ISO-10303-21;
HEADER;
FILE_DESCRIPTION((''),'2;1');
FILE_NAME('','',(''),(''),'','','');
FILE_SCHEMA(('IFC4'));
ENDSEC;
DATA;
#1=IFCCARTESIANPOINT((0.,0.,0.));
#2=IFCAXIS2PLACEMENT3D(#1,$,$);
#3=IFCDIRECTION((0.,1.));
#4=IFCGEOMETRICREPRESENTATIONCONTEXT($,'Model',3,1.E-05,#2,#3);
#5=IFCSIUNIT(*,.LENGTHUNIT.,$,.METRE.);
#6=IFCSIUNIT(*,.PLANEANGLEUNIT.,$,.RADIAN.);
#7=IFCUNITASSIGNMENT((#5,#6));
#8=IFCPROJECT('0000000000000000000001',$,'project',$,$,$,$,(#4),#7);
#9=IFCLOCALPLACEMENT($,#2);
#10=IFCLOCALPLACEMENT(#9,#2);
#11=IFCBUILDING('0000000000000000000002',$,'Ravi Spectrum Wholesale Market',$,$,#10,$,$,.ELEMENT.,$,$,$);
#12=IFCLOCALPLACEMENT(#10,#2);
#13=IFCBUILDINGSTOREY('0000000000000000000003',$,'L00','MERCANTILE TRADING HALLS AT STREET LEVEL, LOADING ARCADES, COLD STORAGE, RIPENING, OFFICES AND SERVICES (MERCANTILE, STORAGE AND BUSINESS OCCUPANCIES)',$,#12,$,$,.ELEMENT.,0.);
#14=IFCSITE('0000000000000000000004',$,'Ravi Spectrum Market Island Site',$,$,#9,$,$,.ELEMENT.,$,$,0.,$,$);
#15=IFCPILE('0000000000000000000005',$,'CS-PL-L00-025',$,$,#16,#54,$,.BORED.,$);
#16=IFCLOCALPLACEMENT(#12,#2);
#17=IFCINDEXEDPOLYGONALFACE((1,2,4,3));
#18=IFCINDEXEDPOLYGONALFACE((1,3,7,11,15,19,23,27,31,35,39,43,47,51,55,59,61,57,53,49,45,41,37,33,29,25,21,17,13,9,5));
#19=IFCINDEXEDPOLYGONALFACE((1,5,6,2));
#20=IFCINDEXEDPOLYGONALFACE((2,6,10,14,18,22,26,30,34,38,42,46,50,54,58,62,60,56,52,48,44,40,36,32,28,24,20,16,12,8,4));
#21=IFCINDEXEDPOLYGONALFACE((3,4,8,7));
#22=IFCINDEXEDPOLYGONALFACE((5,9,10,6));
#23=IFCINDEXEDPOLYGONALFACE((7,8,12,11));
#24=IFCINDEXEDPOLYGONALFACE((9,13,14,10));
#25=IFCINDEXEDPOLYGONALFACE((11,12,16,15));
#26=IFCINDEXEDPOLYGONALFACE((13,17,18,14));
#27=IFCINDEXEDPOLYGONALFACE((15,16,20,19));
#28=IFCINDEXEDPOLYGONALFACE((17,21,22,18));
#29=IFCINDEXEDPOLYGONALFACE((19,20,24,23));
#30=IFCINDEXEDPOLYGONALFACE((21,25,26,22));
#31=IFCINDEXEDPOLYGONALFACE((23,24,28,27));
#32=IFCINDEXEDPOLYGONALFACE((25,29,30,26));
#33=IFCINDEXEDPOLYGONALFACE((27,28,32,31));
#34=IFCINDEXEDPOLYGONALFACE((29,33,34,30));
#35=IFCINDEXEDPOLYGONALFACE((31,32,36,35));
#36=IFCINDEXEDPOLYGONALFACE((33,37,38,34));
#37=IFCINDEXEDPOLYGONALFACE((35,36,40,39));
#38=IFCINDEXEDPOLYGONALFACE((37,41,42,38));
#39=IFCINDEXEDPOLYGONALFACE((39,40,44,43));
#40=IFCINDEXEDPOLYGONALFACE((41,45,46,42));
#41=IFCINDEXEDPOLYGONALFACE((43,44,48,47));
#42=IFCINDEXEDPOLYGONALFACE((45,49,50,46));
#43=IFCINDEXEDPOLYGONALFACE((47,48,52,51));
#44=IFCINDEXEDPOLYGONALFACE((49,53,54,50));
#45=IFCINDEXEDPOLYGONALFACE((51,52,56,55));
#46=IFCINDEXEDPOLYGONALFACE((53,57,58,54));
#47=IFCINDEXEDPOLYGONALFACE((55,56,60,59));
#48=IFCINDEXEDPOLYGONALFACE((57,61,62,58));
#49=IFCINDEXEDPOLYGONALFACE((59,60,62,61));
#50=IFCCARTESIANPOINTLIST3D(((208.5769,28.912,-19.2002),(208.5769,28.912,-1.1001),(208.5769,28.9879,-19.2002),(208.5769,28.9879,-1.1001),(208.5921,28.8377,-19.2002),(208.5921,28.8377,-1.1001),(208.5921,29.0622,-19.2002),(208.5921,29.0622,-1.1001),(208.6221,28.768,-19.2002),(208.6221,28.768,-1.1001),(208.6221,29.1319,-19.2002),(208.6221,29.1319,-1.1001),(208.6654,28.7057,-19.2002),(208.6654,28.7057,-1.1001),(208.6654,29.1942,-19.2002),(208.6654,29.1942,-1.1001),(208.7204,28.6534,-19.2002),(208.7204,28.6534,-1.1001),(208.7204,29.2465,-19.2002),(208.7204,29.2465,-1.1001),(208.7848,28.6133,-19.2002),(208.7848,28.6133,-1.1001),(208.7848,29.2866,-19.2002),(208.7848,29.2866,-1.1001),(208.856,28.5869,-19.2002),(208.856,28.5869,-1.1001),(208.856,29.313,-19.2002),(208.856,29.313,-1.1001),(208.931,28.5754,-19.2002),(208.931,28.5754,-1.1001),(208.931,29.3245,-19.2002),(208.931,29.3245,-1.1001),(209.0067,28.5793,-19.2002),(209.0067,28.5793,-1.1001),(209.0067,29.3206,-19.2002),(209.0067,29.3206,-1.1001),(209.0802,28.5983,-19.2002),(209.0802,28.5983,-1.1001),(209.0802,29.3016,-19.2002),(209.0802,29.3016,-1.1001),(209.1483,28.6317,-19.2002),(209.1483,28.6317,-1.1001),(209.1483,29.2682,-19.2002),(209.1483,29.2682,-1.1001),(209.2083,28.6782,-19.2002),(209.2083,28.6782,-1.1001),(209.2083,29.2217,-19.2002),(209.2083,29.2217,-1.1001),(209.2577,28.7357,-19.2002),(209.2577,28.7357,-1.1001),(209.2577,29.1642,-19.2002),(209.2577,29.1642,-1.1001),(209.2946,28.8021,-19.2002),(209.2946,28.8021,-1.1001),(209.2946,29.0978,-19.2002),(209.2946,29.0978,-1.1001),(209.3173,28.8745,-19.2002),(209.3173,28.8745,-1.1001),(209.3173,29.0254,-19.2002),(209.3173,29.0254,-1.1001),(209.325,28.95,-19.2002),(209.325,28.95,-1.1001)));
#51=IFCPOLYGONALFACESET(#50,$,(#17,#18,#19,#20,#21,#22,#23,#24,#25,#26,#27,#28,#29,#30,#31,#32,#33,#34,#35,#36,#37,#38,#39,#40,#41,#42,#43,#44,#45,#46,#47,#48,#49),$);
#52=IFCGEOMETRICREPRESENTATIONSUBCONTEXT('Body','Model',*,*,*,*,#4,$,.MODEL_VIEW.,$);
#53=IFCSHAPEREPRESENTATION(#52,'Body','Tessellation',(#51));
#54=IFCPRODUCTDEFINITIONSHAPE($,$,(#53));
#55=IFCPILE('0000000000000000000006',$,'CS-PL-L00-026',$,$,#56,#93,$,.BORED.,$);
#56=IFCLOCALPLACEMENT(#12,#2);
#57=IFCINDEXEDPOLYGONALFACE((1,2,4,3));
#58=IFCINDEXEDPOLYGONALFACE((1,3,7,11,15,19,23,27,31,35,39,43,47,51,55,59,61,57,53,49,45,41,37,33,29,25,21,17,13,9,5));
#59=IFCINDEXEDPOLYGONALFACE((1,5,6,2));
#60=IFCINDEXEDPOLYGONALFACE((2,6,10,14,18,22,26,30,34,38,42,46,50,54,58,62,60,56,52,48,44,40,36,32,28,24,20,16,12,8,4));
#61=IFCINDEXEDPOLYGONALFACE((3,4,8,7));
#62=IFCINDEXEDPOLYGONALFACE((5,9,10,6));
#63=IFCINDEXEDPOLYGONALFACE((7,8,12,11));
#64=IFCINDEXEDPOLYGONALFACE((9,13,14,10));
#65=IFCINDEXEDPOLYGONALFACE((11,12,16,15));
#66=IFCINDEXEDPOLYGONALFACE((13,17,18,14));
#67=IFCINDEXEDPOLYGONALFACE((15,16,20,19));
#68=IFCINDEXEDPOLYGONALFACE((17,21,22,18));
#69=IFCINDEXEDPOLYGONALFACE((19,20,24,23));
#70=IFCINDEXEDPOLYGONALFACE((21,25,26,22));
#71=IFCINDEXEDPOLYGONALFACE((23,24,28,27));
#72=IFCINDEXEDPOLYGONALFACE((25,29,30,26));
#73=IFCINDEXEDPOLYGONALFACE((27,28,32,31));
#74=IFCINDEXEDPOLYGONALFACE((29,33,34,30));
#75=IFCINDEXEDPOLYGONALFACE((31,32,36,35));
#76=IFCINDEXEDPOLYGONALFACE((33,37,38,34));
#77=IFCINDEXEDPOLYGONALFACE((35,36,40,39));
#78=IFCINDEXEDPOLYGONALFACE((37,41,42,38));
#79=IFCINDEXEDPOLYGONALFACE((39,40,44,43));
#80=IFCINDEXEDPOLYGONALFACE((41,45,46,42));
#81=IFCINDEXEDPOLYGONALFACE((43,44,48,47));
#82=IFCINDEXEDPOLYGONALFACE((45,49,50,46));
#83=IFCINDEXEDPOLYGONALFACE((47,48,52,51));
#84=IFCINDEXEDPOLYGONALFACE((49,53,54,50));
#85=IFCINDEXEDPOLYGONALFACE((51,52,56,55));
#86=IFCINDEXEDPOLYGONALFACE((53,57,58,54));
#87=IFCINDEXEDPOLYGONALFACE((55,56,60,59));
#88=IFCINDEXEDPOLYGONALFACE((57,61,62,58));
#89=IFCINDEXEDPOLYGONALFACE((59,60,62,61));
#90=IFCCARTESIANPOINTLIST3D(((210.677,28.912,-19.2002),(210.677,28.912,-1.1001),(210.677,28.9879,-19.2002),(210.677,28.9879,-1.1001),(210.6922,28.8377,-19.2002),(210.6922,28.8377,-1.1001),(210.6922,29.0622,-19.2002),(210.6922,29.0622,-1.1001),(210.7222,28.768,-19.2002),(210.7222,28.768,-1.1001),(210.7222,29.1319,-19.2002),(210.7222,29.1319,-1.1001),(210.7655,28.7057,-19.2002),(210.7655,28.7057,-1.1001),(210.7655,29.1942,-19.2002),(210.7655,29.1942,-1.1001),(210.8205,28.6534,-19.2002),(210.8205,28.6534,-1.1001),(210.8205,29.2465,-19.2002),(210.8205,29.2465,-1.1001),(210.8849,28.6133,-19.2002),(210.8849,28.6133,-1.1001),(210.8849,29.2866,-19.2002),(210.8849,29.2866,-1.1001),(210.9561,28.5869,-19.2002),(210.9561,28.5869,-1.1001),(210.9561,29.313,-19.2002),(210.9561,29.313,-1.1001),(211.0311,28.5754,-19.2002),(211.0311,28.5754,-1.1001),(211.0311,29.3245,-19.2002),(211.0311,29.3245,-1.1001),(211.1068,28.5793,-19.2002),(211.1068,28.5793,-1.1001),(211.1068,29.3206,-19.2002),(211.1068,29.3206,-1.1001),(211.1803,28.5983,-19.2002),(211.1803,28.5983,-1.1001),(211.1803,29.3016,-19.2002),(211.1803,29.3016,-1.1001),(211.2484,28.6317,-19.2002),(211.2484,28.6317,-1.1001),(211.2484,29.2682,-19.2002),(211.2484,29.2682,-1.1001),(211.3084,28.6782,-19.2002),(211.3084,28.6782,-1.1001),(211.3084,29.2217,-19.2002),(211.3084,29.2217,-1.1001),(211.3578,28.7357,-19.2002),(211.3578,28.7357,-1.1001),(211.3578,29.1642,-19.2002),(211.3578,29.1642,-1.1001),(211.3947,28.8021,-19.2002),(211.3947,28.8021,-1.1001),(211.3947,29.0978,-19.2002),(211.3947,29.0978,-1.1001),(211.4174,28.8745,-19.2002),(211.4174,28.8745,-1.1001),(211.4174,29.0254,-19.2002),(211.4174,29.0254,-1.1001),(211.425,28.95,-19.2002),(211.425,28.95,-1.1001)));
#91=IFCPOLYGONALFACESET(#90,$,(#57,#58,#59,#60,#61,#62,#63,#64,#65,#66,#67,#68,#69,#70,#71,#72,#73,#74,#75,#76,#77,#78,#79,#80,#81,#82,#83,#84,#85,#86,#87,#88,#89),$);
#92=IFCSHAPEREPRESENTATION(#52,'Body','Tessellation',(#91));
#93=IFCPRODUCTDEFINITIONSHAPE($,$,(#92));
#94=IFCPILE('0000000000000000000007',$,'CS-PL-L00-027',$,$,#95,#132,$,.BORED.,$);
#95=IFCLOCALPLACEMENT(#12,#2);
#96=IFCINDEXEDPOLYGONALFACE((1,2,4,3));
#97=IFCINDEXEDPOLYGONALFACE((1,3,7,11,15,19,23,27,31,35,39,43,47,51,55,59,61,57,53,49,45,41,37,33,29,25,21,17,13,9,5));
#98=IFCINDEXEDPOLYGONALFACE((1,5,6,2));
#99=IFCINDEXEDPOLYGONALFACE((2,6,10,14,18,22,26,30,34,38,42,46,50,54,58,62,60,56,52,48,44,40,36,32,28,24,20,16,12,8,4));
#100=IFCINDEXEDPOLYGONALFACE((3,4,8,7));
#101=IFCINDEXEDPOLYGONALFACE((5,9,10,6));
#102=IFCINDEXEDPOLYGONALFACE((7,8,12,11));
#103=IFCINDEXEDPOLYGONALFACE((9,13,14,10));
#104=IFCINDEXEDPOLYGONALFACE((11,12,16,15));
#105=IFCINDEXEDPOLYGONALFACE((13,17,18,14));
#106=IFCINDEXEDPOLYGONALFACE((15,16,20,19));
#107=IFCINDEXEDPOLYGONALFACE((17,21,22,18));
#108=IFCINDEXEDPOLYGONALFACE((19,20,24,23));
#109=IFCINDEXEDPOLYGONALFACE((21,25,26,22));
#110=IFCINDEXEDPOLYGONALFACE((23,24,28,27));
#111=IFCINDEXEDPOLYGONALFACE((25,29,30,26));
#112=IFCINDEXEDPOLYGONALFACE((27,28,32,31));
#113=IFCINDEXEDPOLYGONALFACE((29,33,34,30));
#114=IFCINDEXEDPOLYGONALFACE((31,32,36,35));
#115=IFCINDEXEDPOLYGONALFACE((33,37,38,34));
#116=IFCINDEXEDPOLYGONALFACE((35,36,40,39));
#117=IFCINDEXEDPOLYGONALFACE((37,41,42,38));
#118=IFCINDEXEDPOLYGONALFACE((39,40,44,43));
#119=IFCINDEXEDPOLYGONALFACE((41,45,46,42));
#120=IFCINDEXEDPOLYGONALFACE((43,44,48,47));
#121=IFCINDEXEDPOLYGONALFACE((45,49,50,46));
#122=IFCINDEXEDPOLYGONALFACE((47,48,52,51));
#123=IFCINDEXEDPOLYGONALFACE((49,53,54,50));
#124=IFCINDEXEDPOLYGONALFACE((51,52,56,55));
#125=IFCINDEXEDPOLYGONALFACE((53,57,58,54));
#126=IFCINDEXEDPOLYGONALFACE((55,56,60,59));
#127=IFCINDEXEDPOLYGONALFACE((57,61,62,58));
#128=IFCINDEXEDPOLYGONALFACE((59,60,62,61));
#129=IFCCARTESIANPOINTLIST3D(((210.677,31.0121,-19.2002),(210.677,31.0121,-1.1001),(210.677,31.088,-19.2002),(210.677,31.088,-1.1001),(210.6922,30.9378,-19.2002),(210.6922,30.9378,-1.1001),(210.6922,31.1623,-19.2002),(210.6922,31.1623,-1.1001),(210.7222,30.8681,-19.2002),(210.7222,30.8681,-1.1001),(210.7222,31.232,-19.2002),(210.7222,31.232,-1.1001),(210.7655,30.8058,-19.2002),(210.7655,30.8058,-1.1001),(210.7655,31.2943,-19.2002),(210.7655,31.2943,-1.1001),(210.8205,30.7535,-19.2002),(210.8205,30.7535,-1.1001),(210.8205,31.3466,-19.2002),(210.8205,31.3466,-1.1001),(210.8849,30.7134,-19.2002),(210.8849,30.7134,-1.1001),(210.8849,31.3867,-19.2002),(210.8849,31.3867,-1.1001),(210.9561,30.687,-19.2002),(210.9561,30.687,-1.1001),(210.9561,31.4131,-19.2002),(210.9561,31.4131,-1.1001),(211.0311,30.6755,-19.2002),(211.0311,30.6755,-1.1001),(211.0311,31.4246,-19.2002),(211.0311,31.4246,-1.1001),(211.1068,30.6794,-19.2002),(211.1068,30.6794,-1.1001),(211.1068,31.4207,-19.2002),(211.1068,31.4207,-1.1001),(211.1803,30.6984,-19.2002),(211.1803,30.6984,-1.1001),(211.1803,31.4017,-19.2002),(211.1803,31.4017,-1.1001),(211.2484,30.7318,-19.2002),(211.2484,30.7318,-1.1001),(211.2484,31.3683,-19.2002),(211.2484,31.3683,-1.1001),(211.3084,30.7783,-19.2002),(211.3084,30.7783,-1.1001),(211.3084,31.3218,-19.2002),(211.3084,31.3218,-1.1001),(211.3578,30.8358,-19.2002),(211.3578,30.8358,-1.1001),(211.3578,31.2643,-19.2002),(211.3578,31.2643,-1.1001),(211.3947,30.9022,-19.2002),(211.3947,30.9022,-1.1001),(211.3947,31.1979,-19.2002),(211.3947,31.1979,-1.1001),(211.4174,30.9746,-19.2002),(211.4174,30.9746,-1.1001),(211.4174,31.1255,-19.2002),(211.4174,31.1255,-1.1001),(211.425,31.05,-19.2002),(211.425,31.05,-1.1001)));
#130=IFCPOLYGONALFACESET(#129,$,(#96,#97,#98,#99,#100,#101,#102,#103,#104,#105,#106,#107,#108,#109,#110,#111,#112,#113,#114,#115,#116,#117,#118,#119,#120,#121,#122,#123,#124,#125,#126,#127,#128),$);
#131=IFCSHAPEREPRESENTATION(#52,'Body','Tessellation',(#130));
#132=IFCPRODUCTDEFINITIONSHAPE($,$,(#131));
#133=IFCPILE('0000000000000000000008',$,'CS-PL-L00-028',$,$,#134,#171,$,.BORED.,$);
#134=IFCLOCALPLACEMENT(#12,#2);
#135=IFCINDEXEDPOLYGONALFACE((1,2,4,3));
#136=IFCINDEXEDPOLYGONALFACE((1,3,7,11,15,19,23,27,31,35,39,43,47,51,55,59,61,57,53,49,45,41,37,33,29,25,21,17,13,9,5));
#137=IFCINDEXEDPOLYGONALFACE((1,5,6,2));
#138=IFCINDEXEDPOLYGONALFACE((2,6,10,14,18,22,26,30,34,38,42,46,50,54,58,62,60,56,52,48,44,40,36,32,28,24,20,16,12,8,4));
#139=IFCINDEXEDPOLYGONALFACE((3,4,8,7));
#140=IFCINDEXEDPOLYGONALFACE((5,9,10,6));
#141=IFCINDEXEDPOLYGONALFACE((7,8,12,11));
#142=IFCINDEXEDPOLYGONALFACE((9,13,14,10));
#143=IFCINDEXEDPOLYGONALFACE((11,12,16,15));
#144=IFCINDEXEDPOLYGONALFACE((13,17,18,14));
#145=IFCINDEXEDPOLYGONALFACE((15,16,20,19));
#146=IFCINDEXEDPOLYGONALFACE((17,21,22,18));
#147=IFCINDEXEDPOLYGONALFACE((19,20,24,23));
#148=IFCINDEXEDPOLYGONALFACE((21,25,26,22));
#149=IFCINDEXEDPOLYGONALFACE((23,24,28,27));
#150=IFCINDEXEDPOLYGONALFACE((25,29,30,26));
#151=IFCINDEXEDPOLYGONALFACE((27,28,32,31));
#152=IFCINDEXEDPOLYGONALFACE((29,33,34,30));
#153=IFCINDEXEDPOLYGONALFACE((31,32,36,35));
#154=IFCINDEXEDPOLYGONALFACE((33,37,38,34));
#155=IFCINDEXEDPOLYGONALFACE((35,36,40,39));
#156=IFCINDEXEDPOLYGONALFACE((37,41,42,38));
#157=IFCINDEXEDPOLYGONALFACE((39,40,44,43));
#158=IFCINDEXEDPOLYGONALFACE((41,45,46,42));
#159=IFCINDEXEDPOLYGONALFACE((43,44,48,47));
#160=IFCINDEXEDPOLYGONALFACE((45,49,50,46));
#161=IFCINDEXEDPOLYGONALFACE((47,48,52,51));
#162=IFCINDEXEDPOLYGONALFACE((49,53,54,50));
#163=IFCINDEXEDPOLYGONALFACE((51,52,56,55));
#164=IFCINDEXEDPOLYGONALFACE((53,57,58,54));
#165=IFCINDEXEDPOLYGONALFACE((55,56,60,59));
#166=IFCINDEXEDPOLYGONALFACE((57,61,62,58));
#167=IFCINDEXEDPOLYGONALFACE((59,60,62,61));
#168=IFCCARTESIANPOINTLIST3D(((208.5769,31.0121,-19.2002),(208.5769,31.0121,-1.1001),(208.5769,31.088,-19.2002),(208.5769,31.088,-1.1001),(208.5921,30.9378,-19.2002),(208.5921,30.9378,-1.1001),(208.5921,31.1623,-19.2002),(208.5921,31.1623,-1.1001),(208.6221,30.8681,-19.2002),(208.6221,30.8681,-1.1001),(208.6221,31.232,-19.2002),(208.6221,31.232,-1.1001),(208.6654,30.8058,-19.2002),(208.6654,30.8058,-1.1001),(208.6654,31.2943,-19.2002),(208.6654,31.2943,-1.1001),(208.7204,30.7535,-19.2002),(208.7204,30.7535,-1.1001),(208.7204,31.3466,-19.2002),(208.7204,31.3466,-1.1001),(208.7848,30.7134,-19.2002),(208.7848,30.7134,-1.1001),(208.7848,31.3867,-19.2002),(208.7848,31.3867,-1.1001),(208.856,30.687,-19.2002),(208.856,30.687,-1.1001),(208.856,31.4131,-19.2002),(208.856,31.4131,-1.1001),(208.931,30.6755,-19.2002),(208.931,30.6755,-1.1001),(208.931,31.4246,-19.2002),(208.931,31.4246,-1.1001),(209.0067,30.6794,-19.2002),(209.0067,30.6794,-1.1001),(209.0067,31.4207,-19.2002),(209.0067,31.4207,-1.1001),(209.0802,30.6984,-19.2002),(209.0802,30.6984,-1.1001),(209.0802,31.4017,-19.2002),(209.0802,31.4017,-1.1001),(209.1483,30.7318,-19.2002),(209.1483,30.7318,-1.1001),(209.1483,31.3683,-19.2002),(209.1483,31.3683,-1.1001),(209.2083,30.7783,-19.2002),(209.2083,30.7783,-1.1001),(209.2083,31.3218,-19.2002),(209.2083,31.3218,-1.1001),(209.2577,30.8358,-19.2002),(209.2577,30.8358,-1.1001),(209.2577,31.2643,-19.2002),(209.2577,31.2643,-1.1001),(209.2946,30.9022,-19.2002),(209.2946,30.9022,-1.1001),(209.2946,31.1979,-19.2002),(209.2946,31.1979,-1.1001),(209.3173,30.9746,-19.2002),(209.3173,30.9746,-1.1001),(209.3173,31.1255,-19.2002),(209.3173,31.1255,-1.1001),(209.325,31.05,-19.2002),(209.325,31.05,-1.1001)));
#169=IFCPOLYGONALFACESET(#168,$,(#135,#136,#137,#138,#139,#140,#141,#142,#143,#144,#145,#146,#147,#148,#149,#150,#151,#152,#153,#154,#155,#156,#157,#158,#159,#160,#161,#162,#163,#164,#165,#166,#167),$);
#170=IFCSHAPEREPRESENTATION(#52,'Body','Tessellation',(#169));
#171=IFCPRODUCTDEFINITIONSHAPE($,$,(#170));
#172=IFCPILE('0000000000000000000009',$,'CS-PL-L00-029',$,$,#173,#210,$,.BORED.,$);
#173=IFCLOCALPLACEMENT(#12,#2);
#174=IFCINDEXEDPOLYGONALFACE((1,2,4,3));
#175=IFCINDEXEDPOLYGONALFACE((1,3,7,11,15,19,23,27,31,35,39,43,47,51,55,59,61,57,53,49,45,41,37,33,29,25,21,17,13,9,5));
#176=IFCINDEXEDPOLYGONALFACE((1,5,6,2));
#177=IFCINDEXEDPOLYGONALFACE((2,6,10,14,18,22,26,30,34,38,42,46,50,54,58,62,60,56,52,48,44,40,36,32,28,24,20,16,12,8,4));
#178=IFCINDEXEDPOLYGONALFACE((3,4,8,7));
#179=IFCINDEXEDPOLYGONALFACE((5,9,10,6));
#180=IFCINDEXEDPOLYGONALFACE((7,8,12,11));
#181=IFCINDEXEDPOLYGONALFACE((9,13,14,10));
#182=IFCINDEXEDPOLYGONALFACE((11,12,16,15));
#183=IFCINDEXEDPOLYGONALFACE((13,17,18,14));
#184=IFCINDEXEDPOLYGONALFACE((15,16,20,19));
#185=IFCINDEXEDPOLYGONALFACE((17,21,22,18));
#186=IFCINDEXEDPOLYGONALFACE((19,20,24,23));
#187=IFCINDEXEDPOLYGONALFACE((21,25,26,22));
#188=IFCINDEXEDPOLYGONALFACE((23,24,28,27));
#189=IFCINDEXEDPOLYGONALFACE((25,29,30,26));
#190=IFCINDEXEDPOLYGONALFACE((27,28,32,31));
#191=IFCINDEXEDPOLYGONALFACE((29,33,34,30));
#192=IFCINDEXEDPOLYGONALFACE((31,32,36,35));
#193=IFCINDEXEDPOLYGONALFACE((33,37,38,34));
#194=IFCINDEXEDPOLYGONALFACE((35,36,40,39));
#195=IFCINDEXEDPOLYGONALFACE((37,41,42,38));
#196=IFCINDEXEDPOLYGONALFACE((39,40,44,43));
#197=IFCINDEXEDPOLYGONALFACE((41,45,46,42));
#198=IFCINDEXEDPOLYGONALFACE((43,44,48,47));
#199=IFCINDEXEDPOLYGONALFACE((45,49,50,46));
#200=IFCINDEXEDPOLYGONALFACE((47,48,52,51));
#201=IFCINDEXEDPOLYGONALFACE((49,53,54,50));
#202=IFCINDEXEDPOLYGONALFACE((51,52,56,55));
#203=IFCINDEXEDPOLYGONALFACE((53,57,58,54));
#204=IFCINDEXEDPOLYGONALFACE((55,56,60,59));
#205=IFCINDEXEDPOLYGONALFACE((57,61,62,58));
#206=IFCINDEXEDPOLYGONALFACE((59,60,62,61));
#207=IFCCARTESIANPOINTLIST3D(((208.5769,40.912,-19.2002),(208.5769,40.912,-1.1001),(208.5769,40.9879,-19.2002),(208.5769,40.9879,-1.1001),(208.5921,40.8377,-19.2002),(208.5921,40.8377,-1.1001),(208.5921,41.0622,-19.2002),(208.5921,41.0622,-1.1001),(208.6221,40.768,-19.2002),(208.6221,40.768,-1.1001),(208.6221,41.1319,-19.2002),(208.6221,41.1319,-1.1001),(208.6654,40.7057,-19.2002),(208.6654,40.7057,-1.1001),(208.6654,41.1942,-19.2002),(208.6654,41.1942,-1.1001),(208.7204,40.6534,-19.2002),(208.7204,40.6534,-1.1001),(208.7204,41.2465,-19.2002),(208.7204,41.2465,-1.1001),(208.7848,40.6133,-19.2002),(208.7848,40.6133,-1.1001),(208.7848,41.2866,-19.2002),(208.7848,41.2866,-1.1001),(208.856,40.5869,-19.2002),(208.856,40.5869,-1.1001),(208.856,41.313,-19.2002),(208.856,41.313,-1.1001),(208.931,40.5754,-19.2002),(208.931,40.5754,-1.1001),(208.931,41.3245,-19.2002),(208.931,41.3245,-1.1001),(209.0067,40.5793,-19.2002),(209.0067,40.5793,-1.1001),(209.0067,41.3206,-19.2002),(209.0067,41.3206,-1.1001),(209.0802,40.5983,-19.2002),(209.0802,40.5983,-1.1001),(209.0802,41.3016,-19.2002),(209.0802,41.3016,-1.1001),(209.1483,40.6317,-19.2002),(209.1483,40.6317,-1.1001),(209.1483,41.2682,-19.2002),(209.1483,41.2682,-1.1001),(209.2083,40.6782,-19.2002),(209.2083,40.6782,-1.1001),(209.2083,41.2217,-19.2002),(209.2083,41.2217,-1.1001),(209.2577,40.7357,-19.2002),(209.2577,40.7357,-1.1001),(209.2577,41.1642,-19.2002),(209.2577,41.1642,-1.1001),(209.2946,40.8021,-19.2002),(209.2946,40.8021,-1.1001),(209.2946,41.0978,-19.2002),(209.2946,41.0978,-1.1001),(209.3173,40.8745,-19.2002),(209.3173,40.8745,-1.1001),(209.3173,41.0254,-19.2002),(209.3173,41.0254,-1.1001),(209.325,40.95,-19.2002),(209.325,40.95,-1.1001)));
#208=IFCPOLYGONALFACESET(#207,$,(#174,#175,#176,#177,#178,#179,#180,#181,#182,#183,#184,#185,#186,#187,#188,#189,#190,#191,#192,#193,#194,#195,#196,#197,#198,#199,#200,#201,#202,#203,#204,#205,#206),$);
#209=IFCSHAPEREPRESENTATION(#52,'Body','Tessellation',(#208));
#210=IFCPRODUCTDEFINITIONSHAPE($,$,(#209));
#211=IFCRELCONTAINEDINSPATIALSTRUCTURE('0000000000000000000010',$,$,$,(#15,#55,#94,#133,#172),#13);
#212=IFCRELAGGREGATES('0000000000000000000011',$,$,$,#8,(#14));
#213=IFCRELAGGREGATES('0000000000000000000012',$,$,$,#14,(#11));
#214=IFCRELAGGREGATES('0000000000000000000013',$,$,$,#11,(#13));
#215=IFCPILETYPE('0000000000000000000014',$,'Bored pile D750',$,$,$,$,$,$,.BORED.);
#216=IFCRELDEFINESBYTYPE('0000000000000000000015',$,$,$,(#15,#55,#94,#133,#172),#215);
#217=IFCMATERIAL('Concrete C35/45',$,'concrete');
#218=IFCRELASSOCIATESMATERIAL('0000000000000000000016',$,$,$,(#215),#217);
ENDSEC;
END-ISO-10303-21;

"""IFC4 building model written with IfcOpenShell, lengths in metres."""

from ifc_helpers import new_model, si_unit, direction, frame, origin, origin_2d, place, context, subcontext, project, spatial, circle, extrude, material, material_profile, profile_set, type_object, element, save


model = new_model("IFC4")

# Units and contexts
model_context = context("Model", 3, precision=1e-05, world=origin(), true_north=direction((0.0, 1.0)))
body_context = subcontext(model_context, "Body", "Model", "MODEL_VIEW")
ifc_project = project(units=[si_unit("LENGTHUNIT", "METRE"), si_unit("PLANEANGLEUNIT", "RADIAN")], contexts=[model_context])

# Site, building, storey
site_placement = place(None, origin())
site = spatial("IfcSite", under=ifc_project, at=site_placement, Name="Ravi Spectrum Market Island Site", CompositionType="ELEMENT", RefElevation=0.0)
building_placement = place(site_placement, origin())
building = spatial("IfcBuilding", under=site, at=building_placement, Name="Ravi Spectrum Wholesale Market", CompositionType="ELEMENT")
storey_placement = place(building_placement, origin())
storey = spatial("IfcBuildingStorey", under=building, at=storey_placement, Name="L00", Description="MERCANTILE TRADING HALLS AT STREET LEVEL, LOADING ARCADES, COLD STORAGE, RIPENING, OFFICES AND SERVICES (MERCANTILE, STORAGE AND BUSINESS OCCUPANCIES)", CompositionType="ELEMENT", Elevation=0.0)

# Piles
ifc_material_1 = material(Name="Concrete C35/45", Category="concrete")
ifc_material_profile_1 = material_profile(ifc_material_1, circle(Radius=0.375, at=origin_2d()))
ifc_profile_set_1 = profile_set([ifc_material_profile_1], Name="Concrete C35/45")
pile_type = type_object("IfcPileType", Name="Bored pile D750", PredefinedType="BORED", material=ifc_profile_set_1)
for number, where, z_axis, x_axis, name in (
    (1, (208.95, 28.95, -1.1001), (0.0, 0.0, -1.0), (1.0, 0.0, 0.0), "CS-PL-L00-025"),
    (2, (211.05, 28.95, -1.1001), (0.0, 0.0, -1.0), (1.0, 0.0, 0.0), "CS-PL-L00-026"),
    (3, (211.05, 31.05, -1.1001), (0.0, 0.0, -1.0), (1.0, 0.0, 0.0), "CS-PL-L00-027"),
    (4, (208.95, 31.05, -1.1001), (0.0, 0.0, -1.0), (1.0, 0.0, 0.0), "CS-PL-L00-028"),
    (5, (208.95, 40.95, -1.1001), (0.0, 0.0, -1.0), (1.0, 0.0, 0.0), "CS-PL-L00-029"),
):
    element("IfcPile", number, at=place(storey_placement, frame(where, z_axis=z_axis, x_axis=x_axis)), inside=storey, type_object=pile_type, Name=name, PredefinedType="BORED", context=body_context, shape_type="SweptSolid", body=[
        extrude(circle(Radius=0.375, at=origin_2d()), origin(), (0.0, 0.0, 1.0), 18.1001),
    ])

save(model, "model.ifc")
